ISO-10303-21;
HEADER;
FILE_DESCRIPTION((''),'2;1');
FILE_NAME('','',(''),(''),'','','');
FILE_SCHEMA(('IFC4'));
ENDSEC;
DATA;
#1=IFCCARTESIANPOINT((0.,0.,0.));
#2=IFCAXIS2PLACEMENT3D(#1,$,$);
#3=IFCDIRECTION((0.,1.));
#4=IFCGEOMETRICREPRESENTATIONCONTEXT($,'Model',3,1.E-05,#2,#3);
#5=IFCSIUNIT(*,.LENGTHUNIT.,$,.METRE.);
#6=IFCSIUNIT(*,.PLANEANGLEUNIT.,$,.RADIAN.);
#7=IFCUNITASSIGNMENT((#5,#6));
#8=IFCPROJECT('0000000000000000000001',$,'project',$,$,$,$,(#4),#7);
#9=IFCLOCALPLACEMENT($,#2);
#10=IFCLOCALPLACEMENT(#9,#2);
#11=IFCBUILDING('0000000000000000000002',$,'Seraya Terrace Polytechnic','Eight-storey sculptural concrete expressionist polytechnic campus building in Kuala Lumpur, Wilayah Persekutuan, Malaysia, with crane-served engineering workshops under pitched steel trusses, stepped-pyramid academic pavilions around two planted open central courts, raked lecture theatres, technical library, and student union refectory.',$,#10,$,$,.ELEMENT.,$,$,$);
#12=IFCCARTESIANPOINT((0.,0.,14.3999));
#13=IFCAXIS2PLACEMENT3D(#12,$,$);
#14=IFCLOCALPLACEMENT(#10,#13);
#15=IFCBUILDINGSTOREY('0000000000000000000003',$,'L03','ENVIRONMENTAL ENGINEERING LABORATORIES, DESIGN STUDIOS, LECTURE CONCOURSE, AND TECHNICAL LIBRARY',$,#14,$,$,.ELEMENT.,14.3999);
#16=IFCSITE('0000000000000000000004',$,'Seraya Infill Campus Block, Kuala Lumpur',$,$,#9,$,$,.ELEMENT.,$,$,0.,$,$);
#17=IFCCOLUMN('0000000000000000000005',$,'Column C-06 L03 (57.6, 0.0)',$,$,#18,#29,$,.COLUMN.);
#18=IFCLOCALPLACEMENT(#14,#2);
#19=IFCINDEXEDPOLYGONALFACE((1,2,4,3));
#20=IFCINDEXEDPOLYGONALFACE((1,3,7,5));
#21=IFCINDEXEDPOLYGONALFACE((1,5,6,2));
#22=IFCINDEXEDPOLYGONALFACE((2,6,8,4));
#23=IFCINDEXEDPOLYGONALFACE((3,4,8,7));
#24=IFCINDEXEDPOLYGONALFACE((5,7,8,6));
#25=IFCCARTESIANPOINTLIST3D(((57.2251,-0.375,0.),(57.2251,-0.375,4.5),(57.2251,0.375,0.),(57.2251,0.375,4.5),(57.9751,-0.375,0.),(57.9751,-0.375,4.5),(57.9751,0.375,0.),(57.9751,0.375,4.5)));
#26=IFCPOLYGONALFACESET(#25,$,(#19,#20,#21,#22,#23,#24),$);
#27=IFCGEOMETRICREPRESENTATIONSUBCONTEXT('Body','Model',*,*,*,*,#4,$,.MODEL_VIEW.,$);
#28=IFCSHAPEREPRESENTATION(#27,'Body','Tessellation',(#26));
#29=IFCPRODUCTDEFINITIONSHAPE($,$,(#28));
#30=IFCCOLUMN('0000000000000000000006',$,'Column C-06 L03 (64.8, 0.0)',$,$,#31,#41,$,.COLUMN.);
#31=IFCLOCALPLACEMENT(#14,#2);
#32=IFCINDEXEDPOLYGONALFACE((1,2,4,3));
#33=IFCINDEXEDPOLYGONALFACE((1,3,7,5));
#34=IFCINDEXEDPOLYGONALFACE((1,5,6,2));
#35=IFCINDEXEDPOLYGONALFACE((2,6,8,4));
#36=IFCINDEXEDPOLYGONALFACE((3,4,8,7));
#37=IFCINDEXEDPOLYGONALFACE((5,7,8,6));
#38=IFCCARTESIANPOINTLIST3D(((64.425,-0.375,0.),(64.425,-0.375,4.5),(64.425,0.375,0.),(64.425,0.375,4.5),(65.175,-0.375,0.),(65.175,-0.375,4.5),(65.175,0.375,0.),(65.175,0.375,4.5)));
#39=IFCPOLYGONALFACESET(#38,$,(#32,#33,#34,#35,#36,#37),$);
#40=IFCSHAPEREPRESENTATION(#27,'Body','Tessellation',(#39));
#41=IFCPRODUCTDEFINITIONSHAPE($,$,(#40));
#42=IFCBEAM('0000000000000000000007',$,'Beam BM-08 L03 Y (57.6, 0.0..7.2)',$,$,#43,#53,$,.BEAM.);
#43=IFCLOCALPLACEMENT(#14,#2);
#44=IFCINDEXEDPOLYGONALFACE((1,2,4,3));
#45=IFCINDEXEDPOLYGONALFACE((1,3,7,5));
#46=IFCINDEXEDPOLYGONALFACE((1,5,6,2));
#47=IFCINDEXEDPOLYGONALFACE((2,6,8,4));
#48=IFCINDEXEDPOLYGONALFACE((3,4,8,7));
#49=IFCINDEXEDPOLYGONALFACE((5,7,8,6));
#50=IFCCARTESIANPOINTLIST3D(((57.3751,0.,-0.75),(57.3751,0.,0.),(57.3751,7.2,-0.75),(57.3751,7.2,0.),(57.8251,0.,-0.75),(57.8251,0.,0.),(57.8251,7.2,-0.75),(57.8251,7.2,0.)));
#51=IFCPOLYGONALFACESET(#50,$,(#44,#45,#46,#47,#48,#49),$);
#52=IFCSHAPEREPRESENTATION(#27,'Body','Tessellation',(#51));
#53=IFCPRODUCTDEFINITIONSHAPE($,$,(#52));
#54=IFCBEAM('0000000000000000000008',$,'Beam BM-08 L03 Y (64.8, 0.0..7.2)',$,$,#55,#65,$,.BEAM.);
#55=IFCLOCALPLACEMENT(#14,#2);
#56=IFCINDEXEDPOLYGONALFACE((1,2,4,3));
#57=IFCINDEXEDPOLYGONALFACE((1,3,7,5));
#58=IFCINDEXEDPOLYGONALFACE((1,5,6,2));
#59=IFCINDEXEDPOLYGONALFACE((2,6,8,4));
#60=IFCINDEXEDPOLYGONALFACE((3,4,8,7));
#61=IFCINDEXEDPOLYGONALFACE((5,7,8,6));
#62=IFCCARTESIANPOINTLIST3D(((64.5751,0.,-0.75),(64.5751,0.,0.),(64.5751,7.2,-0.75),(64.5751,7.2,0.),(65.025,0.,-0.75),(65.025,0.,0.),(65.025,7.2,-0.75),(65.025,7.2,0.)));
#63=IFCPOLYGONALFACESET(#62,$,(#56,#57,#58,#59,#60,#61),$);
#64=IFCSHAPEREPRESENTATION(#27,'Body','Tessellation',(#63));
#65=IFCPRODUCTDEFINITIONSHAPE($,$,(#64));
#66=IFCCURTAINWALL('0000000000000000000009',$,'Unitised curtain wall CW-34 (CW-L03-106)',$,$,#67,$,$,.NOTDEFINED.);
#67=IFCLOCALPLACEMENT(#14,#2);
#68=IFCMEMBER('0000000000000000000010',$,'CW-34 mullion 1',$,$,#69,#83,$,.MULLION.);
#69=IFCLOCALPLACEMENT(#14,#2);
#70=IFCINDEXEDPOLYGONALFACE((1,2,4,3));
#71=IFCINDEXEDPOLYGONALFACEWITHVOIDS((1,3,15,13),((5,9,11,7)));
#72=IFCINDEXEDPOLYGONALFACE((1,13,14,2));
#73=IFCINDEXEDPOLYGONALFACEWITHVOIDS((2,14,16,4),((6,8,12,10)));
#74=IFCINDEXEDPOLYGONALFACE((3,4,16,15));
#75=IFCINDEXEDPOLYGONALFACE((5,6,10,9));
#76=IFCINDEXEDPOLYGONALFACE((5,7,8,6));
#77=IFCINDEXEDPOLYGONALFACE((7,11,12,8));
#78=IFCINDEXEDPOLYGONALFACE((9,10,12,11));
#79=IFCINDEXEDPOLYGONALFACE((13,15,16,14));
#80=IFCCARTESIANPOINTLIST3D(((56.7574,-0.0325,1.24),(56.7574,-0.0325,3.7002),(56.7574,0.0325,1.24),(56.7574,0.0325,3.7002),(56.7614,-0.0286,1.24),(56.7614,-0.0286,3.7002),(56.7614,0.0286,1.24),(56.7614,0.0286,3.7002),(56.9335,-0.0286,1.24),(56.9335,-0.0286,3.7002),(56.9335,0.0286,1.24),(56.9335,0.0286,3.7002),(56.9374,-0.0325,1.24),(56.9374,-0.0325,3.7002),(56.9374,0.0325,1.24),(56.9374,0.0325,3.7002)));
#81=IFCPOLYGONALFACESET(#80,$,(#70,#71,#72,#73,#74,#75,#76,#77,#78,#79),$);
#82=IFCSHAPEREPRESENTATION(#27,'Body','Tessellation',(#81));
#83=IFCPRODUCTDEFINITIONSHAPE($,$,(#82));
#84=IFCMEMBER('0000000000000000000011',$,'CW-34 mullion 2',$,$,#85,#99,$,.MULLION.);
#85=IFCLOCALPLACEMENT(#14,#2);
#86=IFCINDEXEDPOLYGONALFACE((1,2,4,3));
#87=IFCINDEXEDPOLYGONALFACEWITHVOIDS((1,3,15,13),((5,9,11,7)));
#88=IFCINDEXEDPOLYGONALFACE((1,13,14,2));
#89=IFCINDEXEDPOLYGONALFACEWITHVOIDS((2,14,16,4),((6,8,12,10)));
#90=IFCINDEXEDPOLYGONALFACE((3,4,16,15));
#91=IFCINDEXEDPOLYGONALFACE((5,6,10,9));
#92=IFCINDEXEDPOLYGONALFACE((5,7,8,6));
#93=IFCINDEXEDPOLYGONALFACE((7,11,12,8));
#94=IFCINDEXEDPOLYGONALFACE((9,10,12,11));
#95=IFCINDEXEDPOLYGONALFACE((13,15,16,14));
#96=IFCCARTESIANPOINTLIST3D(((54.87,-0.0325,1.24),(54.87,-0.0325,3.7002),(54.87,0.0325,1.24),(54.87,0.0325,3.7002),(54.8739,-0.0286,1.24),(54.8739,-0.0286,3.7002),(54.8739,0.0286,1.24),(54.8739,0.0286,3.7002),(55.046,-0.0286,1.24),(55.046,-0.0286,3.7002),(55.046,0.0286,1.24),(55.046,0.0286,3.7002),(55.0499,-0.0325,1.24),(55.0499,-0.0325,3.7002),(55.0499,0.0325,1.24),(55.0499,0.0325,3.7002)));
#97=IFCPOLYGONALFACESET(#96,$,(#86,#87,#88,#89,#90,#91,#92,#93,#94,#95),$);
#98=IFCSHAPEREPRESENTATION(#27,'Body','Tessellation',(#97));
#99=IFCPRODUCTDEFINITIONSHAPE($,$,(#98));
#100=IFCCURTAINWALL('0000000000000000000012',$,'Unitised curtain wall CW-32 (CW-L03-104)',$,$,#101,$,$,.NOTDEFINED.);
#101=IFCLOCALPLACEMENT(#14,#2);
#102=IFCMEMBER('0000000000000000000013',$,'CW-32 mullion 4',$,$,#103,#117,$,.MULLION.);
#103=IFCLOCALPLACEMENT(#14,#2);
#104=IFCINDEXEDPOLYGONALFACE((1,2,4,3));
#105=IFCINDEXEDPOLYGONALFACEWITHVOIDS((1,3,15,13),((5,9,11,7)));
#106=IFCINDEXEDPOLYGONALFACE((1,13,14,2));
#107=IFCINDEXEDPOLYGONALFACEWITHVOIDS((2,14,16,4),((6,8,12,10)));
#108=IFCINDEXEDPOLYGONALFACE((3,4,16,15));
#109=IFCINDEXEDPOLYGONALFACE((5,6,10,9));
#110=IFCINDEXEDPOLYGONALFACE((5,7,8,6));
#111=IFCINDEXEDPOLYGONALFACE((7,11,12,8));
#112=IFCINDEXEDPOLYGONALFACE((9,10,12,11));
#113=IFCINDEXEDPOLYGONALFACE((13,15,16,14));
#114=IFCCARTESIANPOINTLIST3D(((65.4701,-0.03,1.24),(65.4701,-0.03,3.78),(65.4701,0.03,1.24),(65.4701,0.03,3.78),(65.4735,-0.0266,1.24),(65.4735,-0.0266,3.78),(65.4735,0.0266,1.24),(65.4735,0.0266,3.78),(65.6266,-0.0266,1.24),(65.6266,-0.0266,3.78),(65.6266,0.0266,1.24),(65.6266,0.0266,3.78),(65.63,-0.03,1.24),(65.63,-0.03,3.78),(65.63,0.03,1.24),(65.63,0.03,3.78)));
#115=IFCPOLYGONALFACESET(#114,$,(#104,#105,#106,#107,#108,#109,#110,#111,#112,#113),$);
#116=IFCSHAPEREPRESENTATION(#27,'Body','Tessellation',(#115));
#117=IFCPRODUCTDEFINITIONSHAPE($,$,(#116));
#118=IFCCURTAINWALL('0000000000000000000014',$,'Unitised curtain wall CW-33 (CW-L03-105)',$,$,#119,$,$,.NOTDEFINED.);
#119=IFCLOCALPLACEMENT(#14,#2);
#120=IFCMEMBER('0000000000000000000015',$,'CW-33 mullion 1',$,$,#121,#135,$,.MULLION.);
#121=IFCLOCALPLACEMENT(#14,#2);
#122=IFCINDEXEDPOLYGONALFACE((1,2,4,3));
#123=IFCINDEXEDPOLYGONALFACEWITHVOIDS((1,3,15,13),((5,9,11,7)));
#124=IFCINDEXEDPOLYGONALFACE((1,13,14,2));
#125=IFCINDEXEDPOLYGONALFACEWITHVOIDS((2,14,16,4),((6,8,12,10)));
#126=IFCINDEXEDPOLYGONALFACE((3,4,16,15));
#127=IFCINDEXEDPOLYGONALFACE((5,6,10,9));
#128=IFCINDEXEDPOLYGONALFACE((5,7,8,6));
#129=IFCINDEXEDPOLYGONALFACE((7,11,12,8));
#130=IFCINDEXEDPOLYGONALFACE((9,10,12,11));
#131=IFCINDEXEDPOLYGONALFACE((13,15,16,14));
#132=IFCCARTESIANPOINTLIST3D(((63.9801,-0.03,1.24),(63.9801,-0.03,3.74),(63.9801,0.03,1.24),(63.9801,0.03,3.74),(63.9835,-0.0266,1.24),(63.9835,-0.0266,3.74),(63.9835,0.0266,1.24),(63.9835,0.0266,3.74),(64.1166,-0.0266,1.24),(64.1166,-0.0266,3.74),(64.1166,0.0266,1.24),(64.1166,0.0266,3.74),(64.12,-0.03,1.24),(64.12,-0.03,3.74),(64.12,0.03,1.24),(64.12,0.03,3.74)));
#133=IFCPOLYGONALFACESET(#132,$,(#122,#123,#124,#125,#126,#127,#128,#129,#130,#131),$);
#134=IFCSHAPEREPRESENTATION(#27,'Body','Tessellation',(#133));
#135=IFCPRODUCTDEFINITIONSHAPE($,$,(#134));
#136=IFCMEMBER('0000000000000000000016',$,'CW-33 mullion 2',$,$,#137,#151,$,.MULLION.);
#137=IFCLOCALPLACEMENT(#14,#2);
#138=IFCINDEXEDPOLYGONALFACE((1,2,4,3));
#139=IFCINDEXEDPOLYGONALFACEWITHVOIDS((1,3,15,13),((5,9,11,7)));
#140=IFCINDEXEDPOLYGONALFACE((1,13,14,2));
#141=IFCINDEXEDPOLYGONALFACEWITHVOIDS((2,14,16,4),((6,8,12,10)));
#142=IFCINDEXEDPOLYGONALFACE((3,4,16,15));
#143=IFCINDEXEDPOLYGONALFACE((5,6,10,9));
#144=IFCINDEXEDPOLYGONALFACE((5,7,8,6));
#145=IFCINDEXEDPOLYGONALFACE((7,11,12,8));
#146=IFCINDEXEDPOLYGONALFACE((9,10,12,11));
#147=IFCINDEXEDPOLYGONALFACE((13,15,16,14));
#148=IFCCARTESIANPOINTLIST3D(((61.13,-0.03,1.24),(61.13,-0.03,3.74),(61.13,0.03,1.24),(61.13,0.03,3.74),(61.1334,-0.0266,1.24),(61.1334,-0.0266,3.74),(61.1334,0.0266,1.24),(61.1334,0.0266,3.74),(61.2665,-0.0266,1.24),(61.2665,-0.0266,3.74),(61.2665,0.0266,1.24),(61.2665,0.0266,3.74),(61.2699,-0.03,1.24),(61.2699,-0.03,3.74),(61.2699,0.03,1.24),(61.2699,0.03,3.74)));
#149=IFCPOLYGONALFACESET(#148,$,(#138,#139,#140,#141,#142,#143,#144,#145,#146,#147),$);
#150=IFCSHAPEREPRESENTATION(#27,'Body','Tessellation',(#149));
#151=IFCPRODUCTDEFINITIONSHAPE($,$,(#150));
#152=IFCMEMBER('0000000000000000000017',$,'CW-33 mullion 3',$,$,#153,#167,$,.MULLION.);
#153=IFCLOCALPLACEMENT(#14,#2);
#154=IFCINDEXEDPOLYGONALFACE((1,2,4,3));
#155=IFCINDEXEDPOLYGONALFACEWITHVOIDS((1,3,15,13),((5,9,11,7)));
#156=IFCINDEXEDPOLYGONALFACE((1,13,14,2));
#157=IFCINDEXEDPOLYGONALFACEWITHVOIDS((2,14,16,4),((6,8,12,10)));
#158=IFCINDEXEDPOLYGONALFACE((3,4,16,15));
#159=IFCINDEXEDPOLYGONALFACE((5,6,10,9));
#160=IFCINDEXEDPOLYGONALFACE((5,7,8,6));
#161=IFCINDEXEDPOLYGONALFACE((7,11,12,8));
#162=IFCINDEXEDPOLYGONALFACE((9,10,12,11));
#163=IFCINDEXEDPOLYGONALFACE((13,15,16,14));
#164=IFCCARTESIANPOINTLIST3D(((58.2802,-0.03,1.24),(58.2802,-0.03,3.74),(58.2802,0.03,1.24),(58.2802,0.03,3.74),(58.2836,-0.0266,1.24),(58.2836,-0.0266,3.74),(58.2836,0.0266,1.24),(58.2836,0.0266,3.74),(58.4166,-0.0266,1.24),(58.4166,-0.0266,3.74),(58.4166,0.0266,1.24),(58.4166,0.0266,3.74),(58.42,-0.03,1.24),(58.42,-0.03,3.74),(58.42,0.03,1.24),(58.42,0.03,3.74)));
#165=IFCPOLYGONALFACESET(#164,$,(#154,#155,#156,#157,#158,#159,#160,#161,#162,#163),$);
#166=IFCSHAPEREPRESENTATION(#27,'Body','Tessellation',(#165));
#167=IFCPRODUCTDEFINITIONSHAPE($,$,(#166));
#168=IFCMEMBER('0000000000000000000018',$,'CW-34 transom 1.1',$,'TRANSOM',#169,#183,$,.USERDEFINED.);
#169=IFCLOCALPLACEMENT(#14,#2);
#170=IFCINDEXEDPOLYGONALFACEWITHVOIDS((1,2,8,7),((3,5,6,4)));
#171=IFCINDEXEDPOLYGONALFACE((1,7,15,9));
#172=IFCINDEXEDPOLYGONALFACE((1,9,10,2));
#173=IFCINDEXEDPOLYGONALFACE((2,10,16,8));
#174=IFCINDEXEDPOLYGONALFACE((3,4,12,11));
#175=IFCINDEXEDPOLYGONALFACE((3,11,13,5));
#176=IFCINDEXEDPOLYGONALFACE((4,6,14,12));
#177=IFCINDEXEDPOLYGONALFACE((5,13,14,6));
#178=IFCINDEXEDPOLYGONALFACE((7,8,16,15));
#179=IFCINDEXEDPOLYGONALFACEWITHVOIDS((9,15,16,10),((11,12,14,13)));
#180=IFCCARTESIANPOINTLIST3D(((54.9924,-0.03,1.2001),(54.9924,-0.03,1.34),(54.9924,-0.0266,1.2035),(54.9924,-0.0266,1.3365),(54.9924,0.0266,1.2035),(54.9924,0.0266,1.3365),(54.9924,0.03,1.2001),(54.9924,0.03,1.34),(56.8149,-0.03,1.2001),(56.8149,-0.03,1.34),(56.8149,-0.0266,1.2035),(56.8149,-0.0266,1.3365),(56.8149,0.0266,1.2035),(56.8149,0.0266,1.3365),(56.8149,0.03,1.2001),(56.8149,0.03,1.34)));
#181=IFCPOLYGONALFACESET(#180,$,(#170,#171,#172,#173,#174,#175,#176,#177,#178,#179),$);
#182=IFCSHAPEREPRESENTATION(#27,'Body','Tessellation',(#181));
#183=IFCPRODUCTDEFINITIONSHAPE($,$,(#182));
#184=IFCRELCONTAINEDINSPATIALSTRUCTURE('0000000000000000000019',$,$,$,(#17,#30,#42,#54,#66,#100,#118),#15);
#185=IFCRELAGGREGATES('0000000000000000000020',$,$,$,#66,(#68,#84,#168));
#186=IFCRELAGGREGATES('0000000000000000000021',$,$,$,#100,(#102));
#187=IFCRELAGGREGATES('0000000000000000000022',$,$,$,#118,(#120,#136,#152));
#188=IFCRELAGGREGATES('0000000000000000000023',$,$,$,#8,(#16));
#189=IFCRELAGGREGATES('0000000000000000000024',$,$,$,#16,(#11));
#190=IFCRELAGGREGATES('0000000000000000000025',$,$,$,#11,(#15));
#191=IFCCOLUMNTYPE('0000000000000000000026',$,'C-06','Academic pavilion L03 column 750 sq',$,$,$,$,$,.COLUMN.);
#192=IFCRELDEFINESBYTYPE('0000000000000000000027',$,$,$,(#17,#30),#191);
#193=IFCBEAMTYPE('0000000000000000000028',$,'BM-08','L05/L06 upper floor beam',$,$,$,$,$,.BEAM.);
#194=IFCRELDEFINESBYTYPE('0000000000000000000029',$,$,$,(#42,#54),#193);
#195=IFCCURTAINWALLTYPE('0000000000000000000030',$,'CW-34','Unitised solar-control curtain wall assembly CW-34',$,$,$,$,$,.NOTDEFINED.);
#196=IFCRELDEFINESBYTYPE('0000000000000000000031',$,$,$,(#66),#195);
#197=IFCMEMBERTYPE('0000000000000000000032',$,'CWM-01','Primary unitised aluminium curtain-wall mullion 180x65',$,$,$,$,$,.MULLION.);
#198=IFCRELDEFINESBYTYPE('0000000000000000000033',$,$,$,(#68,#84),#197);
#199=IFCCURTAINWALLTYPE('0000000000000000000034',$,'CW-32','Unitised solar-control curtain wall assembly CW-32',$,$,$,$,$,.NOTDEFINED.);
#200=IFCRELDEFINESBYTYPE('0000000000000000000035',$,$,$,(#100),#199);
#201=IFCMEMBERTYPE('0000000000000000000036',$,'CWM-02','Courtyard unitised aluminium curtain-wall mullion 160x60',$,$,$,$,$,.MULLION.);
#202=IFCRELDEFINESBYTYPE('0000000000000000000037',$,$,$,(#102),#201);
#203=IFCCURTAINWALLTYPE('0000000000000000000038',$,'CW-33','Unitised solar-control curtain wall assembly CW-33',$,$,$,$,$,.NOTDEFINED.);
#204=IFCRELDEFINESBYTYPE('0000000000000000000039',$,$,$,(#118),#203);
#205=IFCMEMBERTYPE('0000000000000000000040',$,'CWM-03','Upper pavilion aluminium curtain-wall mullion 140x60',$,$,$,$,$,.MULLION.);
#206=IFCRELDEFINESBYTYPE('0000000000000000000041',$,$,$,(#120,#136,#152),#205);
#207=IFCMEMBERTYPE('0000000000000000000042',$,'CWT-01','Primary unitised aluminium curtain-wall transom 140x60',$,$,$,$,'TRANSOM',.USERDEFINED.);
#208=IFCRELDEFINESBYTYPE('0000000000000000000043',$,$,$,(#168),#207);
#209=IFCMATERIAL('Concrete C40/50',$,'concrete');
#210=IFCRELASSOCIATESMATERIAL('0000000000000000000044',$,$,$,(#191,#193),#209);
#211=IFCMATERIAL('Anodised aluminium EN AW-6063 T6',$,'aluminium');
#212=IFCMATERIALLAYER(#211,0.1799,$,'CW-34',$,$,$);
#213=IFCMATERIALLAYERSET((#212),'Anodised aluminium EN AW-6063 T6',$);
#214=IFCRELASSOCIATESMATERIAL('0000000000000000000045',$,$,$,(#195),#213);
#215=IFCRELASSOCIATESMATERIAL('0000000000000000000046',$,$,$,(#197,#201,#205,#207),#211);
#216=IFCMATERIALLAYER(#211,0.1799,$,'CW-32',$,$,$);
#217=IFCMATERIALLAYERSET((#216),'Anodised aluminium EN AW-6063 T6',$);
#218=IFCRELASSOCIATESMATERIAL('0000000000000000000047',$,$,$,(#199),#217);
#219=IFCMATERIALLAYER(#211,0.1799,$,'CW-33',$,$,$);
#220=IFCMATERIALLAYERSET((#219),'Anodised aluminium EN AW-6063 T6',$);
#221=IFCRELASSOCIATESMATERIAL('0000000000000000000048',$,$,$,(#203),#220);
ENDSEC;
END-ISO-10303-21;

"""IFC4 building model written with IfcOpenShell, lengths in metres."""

from ifc_helpers import new_model, si_unit, direction, frame, origin, origin_2d, place, context, subcontext, project, spatial, rectangle, hollow_rectangle, extrude, material, layer, layer_set, material_profile, profile_set, type_object, element, aggregate, save


model = new_model("IFC4")

# Units and contexts
model_context = context("Model", 3, precision=1e-05, world=origin(), true_north=direction((0.0, 1.0)))
body_context = subcontext(model_context, "Body", "Model", "MODEL_VIEW")
ifc_project = project(units=[si_unit("LENGTHUNIT", "METRE"), si_unit("PLANEANGLEUNIT", "RADIAN")], contexts=[model_context])

# Site, building, storey
site_placement = place(None, origin())
site = spatial("IfcSite", under=ifc_project, at=site_placement, Name="Seraya Infill Campus Block, Kuala Lumpur", CompositionType="ELEMENT", RefElevation=0.0)
building_placement = place(site_placement, origin())
building = spatial("IfcBuilding", under=site, at=building_placement, Name="Seraya Terrace Polytechnic", Description="Eight-storey sculptural concrete expressionist polytechnic campus building in Kuala Lumpur, Wilayah Persekutuan, Malaysia, with crane-served engineering workshops under pitched steel trusses, stepped-pyramid academic pavilions around two planted open central courts, raked lecture theatres, technical library, and student union refectory.", CompositionType="ELEMENT")
storey_placement = place(building_placement, frame((0.0, 0.0, 14.3999)))
storey = spatial("IfcBuildingStorey", under=building, at=storey_placement, Name="L03", Description="ENVIRONMENTAL ENGINEERING LABORATORIES, DESIGN STUDIOS, LECTURE CONCOURSE, AND TECHNICAL LIBRARY", CompositionType="ELEMENT", Elevation=14.3999)

# Columns
ifc_material_1 = material(Name="Concrete C40/50", Category="concrete")
ifc_material_profile_1 = material_profile(ifc_material_1, rectangle(XDim=0.75, YDim=0.75, at=origin_2d()), Name="RC 750x750")
ifc_profile_set_1 = profile_set([ifc_material_profile_1], Name="Concrete C40/50")
column_type = type_object("IfcColumnType", Name="C-06", Description="Academic pavilion L03 column 750 sq", PredefinedType="COLUMN", material=ifc_profile_set_1)
for number, where, z_axis, x_axis, name in (
    (1, (57.6001, 0.0, 0.0), (0.0, 0.0, 1.0), (1.0, 0.0, 0.0), "Column C-06 L03 (57.6, 0.0)"),
    (2, (64.8, 0.0, 0.0), (0.0, 0.0, 1.0), (1.0, 0.0, 0.0), "Column C-06 L03 (64.8, 0.0)"),
):
    element("IfcColumn", number, at=place(storey_placement, frame(where, z_axis=z_axis, x_axis=x_axis)), inside=storey, type_object=column_type, Name=name, PredefinedType="COLUMN", context=body_context, shape_type="SweptSolid", body=[
        extrude(rectangle(XDim=0.75, YDim=0.75, at=origin_2d()), origin(), (0.0, 0.0, 1.0), 4.5),
    ])

# Beams
ifc_material_profile_2 = material_profile(ifc_material_1, rectangle(XDim=0.45, YDim=0.75, at=origin_2d()), Name="RC 450x750")
ifc_profile_set_2 = profile_set([ifc_material_profile_2], Name="Concrete C40/50")
beam_type_1 = type_object("IfcBeamType", Name="BM-08", Description="L05/L06 upper floor beam", PredefinedType="BEAM", material=ifc_profile_set_2)
for number, where, z_axis, x_axis, name in (
    (3, (57.6001, 0.0, -0.375), (0.0, 1.0, 0.0), (-1.0, 0.0, 0.0), "Beam BM-08 L03 Y (57.6, 0.0..7.2)"),
    (4, (64.8, 0.0, -0.375), (0.0, 1.0, 0.0), (-1.0, 0.0, 0.0), "Beam BM-08 L03 Y (64.8, 0.0..7.2)"),
):
    element("IfcBeam", number, at=place(storey_placement, frame(where, z_axis=z_axis, x_axis=x_axis)), inside=storey, type_object=beam_type_1, Name=name, PredefinedType="BEAM", context=body_context, shape_type="SweptSolid", body=[
        extrude(rectangle(XDim=0.45, YDim=0.75, at=origin_2d()), origin(), (0.0, 0.0, 1.0), 7.2),
    ])

# Curtain wall, members
ifc_material_2 = material(Name="Anodised aluminium EN AW-6063 T6", Category="aluminium")
ifc_layer_1 = layer(ifc_material_2, 0.1799, Name="CW-34")
ifc_layer_set_1 = layer_set([ifc_layer_1], Name="Anodised aluminium EN AW-6063 T6")
curtain_wall_type_1 = type_object("IfcCurtainWallType", Name="CW-34", Description="Unitised solar-control curtain wall assembly CW-34", PredefinedType="NOTDEFINED", material=ifc_layer_set_1)
curtain_wall_1_placement = place(storey_placement, origin())
curtain_wall_1 = element("IfcCurtainWall", 5, at=curtain_wall_1_placement, inside=storey, type_object=curtain_wall_type_1, Name="Unitised curtain wall CW-34 (CW-L03-106)", PredefinedType="NOTDEFINED")
ifc_material_profile_3 = material_profile(ifc_material_2, hollow_rectangle(XDim=0.0649, YDim=0.1799, WallThickness=0.0039, at=origin_2d()), Name="RHS 180x65x4.0")
ifc_profile_set_3 = profile_set([ifc_material_profile_3], Name="Anodised aluminium EN AW-6063 T6")
member_type_1 = type_object("IfcMemberType", Name="CWM-01", Description="Primary unitised aluminium curtain-wall mullion 180x65", PredefinedType="MULLION", material=ifc_profile_set_3)
member_1_placement = place(storey_placement, frame((56.8474, 0.0, 1.24), z_axis=(0.0, 0.0, 1.0), x_axis=(0.0, -1.0, 0.0)))
member_1 = element("IfcMember", 6, at=member_1_placement, type_object=member_type_1, Name="CW-34 mullion 1", PredefinedType="MULLION", context=body_context, shape_type="SweptSolid", body=[
    extrude(hollow_rectangle(XDim=0.0649, YDim=0.1799, WallThickness=0.0039, at=origin_2d()), origin(), (0.0, 0.0, 1.0), 2.4602),
])
member_2_placement = place(storey_placement, frame((54.96, 0.0, 1.24), z_axis=(0.0, 0.0, 1.0), x_axis=(0.0, -1.0, 0.0)))
member_2 = element("IfcMember", 7, at=member_2_placement, type_object=member_type_1, Name="CW-34 mullion 2", PredefinedType="MULLION", context=body_context, shape_type="SweptSolid", body=[
    extrude(hollow_rectangle(XDim=0.0649, YDim=0.1799, WallThickness=0.0039, at=origin_2d()), origin(), (0.0, 0.0, 1.0), 2.4602),
])

# Curtain wall, member
ifc_layer_2 = layer(ifc_material_2, 0.1799, Name="CW-32")
ifc_layer_set_2 = layer_set([ifc_layer_2], Name="Anodised aluminium EN AW-6063 T6")
curtain_wall_type_2 = type_object("IfcCurtainWallType", Name="CW-32", Description="Unitised solar-control curtain wall assembly CW-32", PredefinedType="NOTDEFINED", material=ifc_layer_set_2)
curtain_wall_2_placement = place(storey_placement, origin())
curtain_wall_2 = element("IfcCurtainWall", 8, at=curtain_wall_2_placement, inside=storey, type_object=curtain_wall_type_2, Name="Unitised curtain wall CW-32 (CW-L03-104)", PredefinedType="NOTDEFINED")
ifc_material_profile_4 = material_profile(ifc_material_2, hollow_rectangle(XDim=0.0601, YDim=0.1599, WallThickness=0.0034, at=origin_2d()), Name="RHS 160x60x3.5")
ifc_profile_set_4 = profile_set([ifc_material_profile_4], Name="Anodised aluminium EN AW-6063 T6")
member_type_2 = type_object("IfcMemberType", Name="CWM-02", Description="Courtyard unitised aluminium curtain-wall mullion 160x60", PredefinedType="MULLION", material=ifc_profile_set_4)
member_3_placement = place(storey_placement, frame((65.55, 0.0, 1.24), z_axis=(0.0, 0.0, 1.0), x_axis=(0.0, -1.0, 0.0)))
member_3 = element("IfcMember", 9, at=member_3_placement, type_object=member_type_2, Name="CW-32 mullion 4", PredefinedType="MULLION", context=body_context, shape_type="SweptSolid", body=[
    extrude(hollow_rectangle(XDim=0.0601, YDim=0.1599, WallThickness=0.0034, at=origin_2d()), origin(), (0.0, 0.0, 1.0), 2.54),
])

# Curtain wall, members
ifc_layer_3 = layer(ifc_material_2, 0.1799, Name="CW-33")
ifc_layer_set_3 = layer_set([ifc_layer_3], Name="Anodised aluminium EN AW-6063 T6")
curtain_wall_type_3 = type_object("IfcCurtainWallType", Name="CW-33", Description="Unitised solar-control curtain wall assembly CW-33", PredefinedType="NOTDEFINED", material=ifc_layer_set_3)
curtain_wall_3_placement = place(storey_placement, origin())
curtain_wall_3 = element("IfcCurtainWall", 10, at=curtain_wall_3_placement, inside=storey, type_object=curtain_wall_type_3, Name="Unitised curtain wall CW-33 (CW-L03-105)", PredefinedType="NOTDEFINED")
ifc_material_profile_5 = material_profile(ifc_material_2, hollow_rectangle(XDim=0.0601, YDim=0.1399, WallThickness=0.0034, at=origin_2d()), Name="RHS 140x60x3.5")
ifc_profile_set_5 = profile_set([ifc_material_profile_5], Name="Anodised aluminium EN AW-6063 T6")
member_type_3 = type_object("IfcMemberType", Name="CWM-03", Description="Upper pavilion aluminium curtain-wall mullion 140x60", PredefinedType="MULLION", material=ifc_profile_set_5)
member_4_placement = place(storey_placement, frame((64.05, 0.0, 1.24), z_axis=(0.0, 0.0, 1.0), x_axis=(0.0, -1.0, 0.0)))
member_4 = element("IfcMember", 11, at=member_4_placement, type_object=member_type_3, Name="CW-33 mullion 1", PredefinedType="MULLION", context=body_context, shape_type="SweptSolid", body=[
    extrude(hollow_rectangle(XDim=0.0601, YDim=0.1399, WallThickness=0.0034, at=origin_2d()), origin(), (0.0, 0.0, 1.0), 2.5),
])
member_5_placement = place(storey_placement, frame((61.2, 0.0, 1.24), z_axis=(0.0, 0.0, 1.0), x_axis=(0.0, -1.0, 0.0)))
member_5 = element("IfcMember", 12, at=member_5_placement, type_object=member_type_3, Name="CW-33 mullion 2", PredefinedType="MULLION", context=body_context, shape_type="SweptSolid", body=[
    extrude(hollow_rectangle(XDim=0.0601, YDim=0.1399, WallThickness=0.0034, at=origin_2d()), origin(), (0.0, 0.0, 1.0), 2.5),
])
member_6_placement = place(storey_placement, frame((58.3501, 0.0, 1.24), z_axis=(0.0, 0.0, 1.0), x_axis=(0.0, -1.0, 0.0)))
member_6 = element("IfcMember", 13, at=member_6_placement, type_object=member_type_3, Name="CW-33 mullion 3", PredefinedType="MULLION", context=body_context, shape_type="SweptSolid", body=[
    extrude(hollow_rectangle(XDim=0.0601, YDim=0.1399, WallThickness=0.0034, at=origin_2d()), origin(), (0.0, 0.0, 1.0), 2.5),
])

# Member
ifc_material_profile_6 = material_profile(ifc_material_2, hollow_rectangle(XDim=0.0601, YDim=0.1399, WallThickness=0.0034, at=origin_2d()), Name="RHS 140x60x3.5")
ifc_profile_set_6 = profile_set([ifc_material_profile_6], Name="Anodised aluminium EN AW-6063 T6")
member_type_4 = type_object("IfcMemberType", Name="CWT-01", Description="Primary unitised aluminium curtain-wall transom 140x60", ElementType="TRANSOM", PredefinedType="USERDEFINED", material=ifc_profile_set_6)
member_7_placement = place(storey_placement, frame((56.8149, 0.0, 1.27), z_axis=(-1.0, 0.0, 0.0), x_axis=(0.0, -1.0, 0.0)))
member_7 = element("IfcMember", 14, at=member_7_placement, type_object=member_type_4, Name="CW-34 transom 1.1", ObjectType="TRANSOM", PredefinedType="USERDEFINED", context=body_context, shape_type="SweptSolid", body=[
    extrude(hollow_rectangle(XDim=0.0601, YDim=0.1399, WallThickness=0.0034, at=origin_2d()), origin(), (0.0, 0.0, 1.0), 1.8225),
])

aggregate(curtain_wall_1, [member_1, member_2, member_7])
aggregate(curtain_wall_2, [member_3])
aggregate(curtain_wall_3, [member_4, member_5, member_6])

save(model, "model.ifc")
